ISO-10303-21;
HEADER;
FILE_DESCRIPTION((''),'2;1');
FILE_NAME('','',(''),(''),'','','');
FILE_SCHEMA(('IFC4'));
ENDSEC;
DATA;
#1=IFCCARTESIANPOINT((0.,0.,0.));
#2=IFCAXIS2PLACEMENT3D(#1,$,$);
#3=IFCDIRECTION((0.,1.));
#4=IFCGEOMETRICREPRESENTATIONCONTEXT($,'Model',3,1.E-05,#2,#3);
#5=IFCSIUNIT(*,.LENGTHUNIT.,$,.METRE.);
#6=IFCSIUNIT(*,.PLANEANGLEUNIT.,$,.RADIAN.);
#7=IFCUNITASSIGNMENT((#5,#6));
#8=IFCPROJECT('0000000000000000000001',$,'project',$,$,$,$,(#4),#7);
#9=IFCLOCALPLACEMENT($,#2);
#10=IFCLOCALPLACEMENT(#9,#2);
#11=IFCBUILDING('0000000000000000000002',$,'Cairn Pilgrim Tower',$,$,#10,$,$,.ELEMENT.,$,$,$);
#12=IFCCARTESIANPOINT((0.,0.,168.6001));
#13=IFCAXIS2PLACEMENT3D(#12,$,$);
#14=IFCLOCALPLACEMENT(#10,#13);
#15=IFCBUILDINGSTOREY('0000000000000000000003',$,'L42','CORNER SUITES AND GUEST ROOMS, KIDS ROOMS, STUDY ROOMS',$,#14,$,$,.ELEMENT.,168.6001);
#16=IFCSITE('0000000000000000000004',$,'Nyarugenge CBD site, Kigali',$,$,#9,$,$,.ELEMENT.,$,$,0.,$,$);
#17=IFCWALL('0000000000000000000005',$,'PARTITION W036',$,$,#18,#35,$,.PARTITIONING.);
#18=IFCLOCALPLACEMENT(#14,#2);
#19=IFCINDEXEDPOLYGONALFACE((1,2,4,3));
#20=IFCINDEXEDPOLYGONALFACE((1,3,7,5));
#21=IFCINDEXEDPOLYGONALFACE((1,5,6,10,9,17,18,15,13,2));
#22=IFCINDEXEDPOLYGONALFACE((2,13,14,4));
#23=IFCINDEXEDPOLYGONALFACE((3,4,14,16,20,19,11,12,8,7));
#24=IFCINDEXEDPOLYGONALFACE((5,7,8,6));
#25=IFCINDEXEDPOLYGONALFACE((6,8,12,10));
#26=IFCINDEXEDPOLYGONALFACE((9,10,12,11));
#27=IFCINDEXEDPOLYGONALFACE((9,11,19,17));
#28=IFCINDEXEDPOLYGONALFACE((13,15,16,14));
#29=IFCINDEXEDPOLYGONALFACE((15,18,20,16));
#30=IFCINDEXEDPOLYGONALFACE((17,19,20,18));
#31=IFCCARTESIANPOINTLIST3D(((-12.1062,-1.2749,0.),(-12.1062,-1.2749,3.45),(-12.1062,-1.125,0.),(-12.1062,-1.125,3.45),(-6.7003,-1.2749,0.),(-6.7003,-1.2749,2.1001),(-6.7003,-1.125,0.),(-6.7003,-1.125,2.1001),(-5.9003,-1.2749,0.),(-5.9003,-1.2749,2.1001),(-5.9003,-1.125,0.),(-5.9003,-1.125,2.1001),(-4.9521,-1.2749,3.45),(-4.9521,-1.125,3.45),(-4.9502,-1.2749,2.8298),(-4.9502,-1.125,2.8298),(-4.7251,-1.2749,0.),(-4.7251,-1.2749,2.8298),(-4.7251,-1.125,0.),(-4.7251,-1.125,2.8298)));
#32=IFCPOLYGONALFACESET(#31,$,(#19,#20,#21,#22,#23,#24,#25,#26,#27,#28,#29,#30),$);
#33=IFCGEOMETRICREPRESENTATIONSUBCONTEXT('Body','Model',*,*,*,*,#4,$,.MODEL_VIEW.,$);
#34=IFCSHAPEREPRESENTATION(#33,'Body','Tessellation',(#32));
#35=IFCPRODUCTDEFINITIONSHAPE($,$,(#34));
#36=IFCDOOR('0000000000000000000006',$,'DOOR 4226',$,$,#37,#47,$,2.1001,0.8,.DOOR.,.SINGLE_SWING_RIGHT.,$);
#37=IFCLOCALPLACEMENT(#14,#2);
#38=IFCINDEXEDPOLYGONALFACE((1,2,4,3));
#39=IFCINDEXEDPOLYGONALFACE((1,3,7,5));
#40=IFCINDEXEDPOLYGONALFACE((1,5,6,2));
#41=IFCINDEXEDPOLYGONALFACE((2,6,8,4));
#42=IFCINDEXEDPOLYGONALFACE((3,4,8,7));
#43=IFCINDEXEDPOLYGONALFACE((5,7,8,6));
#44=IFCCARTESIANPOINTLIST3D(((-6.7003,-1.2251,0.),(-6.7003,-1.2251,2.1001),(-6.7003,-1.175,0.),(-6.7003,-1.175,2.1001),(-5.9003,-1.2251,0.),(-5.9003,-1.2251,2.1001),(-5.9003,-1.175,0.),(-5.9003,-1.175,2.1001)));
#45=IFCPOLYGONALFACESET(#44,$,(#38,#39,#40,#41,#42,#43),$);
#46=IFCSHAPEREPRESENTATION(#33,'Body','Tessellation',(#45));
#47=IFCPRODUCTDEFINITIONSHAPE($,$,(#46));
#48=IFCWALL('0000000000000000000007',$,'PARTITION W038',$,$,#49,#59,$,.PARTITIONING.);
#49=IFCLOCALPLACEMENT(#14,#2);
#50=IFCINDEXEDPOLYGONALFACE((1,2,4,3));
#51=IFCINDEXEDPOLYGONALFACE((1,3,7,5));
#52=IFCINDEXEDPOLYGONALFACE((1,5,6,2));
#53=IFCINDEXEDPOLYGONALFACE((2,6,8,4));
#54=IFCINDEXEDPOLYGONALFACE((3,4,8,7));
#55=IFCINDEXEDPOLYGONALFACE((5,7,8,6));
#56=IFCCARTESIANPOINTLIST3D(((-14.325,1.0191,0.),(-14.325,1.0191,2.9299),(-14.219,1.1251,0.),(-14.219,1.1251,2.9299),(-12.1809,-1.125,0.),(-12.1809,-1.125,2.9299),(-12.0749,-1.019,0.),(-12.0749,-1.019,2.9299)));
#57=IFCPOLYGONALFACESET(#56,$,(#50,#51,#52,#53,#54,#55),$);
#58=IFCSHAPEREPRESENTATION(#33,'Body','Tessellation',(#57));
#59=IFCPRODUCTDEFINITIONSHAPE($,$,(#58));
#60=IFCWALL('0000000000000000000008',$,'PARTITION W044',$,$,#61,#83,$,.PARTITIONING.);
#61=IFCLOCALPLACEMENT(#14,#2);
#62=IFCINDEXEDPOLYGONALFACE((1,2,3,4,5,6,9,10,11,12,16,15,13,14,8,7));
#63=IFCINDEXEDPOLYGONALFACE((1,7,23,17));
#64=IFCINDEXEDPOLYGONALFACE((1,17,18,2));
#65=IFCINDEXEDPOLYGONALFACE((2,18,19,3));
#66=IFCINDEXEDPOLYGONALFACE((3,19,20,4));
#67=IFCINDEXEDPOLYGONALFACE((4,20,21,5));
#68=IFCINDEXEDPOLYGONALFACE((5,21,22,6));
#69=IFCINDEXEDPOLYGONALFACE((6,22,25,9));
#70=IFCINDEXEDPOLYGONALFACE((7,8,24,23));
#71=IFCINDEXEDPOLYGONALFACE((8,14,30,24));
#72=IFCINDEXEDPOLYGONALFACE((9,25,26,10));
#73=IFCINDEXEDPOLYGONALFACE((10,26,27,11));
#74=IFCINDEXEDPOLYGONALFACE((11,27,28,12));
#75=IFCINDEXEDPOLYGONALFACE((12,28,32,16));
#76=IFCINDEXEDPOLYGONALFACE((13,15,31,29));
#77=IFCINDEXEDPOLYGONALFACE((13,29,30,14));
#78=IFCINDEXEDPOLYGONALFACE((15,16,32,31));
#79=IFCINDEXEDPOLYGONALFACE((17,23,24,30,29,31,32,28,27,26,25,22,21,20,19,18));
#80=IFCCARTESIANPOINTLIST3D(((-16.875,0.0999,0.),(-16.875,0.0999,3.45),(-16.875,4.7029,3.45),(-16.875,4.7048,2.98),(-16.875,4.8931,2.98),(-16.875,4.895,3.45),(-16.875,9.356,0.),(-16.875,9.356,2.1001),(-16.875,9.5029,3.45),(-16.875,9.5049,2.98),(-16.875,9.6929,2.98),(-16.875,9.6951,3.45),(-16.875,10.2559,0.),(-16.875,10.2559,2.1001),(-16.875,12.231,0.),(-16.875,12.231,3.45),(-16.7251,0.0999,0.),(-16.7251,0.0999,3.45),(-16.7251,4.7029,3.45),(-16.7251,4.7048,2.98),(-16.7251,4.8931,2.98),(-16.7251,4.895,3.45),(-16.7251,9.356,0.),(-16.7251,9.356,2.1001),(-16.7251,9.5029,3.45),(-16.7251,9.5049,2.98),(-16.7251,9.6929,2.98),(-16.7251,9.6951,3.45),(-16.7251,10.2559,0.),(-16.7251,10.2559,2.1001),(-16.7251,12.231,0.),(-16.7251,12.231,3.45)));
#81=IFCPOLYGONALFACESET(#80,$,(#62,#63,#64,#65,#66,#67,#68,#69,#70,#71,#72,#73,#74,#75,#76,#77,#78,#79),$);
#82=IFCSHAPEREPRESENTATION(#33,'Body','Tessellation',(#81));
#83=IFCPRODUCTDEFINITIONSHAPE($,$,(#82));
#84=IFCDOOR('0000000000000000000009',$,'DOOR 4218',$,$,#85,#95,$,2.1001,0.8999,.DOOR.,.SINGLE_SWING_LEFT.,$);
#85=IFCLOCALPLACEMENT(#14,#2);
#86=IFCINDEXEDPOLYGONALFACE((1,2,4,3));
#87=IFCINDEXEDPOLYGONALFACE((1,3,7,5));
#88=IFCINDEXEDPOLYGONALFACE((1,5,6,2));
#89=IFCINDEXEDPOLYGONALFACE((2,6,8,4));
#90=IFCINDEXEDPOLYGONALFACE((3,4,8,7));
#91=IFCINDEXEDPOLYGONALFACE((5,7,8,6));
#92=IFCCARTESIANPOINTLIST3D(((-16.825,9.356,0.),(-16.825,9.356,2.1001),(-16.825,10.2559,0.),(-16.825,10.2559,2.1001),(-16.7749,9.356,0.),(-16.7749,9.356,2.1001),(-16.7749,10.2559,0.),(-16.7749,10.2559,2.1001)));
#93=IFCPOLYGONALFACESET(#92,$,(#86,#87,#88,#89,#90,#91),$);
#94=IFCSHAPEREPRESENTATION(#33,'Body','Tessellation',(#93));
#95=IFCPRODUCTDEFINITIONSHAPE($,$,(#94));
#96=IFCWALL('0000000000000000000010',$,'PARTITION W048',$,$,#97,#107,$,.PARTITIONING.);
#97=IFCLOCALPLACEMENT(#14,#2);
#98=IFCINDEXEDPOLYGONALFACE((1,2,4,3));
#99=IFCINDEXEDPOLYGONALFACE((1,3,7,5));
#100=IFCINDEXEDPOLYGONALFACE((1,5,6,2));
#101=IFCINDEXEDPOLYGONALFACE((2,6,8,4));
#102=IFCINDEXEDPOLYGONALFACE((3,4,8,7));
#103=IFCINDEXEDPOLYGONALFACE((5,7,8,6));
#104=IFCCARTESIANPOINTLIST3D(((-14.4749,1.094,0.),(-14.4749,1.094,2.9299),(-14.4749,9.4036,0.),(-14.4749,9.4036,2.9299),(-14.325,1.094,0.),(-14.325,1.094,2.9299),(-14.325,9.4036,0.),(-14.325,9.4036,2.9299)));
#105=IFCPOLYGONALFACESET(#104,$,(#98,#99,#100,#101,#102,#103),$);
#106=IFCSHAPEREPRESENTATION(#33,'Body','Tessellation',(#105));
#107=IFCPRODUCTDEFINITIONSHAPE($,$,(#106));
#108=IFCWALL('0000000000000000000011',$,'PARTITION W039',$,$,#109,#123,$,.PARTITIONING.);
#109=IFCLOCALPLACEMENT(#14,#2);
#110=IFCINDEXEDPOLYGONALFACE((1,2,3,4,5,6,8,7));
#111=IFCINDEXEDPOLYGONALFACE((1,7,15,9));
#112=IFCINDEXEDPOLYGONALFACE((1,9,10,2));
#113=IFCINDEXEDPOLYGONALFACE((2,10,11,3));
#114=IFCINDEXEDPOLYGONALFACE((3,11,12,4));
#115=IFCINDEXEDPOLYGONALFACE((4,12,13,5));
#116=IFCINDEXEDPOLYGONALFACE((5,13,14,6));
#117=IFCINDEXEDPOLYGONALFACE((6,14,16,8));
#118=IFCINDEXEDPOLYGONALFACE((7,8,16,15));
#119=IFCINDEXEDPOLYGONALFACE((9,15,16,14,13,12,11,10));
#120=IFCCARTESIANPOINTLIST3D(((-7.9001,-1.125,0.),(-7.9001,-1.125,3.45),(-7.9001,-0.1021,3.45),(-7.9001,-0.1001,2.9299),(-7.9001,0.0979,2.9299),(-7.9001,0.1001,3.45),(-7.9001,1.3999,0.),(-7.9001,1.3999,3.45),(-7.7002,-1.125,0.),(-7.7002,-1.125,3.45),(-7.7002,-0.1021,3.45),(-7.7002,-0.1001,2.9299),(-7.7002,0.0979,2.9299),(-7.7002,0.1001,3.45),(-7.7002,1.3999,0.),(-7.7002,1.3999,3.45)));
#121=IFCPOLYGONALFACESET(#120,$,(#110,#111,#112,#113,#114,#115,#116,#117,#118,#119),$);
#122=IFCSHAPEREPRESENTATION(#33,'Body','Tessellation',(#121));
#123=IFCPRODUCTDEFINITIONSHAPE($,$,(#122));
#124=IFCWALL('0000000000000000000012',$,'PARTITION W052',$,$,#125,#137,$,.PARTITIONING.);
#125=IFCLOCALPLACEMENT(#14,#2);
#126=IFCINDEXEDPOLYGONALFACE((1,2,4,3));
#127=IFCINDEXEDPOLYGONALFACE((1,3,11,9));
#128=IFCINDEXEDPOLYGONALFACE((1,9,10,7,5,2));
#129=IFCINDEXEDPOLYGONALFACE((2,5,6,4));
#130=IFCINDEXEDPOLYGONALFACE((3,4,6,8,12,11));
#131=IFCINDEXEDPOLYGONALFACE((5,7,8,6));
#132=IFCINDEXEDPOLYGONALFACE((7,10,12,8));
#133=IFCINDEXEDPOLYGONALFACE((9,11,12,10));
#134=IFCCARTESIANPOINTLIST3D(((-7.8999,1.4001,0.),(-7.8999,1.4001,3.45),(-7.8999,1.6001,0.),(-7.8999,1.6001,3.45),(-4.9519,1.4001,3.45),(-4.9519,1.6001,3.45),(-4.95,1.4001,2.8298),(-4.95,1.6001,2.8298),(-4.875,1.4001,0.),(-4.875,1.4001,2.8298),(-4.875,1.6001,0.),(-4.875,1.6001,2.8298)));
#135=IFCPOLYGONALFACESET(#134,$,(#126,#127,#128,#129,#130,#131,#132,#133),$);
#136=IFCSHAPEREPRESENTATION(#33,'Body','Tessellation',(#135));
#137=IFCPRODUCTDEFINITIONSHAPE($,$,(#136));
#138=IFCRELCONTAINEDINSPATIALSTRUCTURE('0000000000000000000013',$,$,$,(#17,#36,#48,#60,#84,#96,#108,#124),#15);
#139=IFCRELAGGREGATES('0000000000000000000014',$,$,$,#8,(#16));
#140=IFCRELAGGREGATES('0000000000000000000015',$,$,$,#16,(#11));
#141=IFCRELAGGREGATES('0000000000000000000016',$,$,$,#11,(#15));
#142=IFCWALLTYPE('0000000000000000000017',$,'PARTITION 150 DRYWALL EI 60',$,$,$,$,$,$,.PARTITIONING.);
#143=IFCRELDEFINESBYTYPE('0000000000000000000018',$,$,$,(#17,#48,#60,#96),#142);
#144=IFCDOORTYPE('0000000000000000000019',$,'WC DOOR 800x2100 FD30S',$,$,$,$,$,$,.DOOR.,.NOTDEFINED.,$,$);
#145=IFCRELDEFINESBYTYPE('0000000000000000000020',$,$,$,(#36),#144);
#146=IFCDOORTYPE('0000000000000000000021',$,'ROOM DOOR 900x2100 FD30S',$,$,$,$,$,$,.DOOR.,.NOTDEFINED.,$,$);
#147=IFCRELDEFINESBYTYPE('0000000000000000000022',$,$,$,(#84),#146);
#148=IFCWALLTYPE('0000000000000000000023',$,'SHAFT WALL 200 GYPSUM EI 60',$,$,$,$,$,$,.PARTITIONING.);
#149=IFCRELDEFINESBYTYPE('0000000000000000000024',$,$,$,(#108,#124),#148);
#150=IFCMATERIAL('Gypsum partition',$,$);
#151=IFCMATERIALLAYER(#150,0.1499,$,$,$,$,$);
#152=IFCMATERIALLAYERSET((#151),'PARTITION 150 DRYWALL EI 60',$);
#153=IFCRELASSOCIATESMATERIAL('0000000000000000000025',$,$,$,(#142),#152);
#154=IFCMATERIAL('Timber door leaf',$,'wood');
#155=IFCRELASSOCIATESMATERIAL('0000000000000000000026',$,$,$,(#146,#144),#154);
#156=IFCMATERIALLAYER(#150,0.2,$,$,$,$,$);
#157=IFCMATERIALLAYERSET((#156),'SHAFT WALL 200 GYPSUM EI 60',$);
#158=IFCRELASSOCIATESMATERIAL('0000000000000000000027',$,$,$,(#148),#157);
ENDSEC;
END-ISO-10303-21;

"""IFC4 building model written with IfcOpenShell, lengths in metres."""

from ifc_helpers import new_model, si_unit, direction, frame, frame_2d, origin, place, context, subcontext, project, spatial, polyline, rectangle, outline, extrude, material, layer, layer_set, type_object, element, fill, save


model = new_model("IFC4")

# Units and contexts
model_context = context("Model", 3, precision=1e-05, world=origin(), true_north=direction((0.0, 1.0)))
body_context = subcontext(model_context, "Body", "Model", "MODEL_VIEW")
ifc_project = project(units=[si_unit("LENGTHUNIT", "METRE"), si_unit("PLANEANGLEUNIT", "RADIAN")], contexts=[model_context])

# Site, building, storey
site_placement = place(None, origin())
site = spatial("IfcSite", under=ifc_project, at=site_placement, Name="Nyarugenge CBD site, Kigali", CompositionType="ELEMENT", RefElevation=0.0)
building_placement = place(site_placement, origin())
building = spatial("IfcBuilding", under=site, at=building_placement, Name="Cairn Pilgrim Tower", CompositionType="ELEMENT")
storey_placement = place(building_placement, frame((0.0, 0.0, 168.6001)))
storey = spatial("IfcBuildingStorey", under=building, at=storey_placement, Name="L42", Description="CORNER SUITES AND GUEST ROOMS, KIDS ROOMS, STUDY ROOMS", CompositionType="ELEMENT", Elevation=168.6001)

# Shared definitions
ifc_material_1 = material(Name="Gypsum partition")
ifc_layer_1 = layer(ifc_material_1, 0.1499)
ifc_layer_set_1 = layer_set([ifc_layer_1], Name="PARTITION 150 DRYWALL EI 60")
wall_type_1 = type_object("IfcWallType", Name="PARTITION 150 DRYWALL EI 60", PredefinedType="PARTITIONING", material=ifc_layer_set_1)

# Shared definitions
ifc_material_2 = material(Name="Timber door leaf", Category="wood")
door_type_1 = type_object("IfcDoorType", Name="ROOM DOOR 900x2100 FD30S", OperationType="NOTDEFINED", PredefinedType="DOOR", material=ifc_material_2)

# Wall, opening, door
wall_1_placement = place(storey_placement, frame((-12.1062, -1.2, 0.0), z_axis=(0.0, 0.0, 1.0), x_axis=(1.0, 0.0, 0.0)))
wall_1 = element("IfcWall", 1, at=wall_1_placement, inside=storey, type_object=wall_type_1, Name="PARTITION W036", PredefinedType="PARTITIONING", context=body_context, shape_type="SweptSolid", body=[
    extrude(outline(polyline([(0.0, 0.0), (7.3811, 0.0), (7.3811, 2.8298), (7.156, 2.8298), (7.1541, 3.45), (0.0, 3.45), (0.0, 0.0)])), frame((0.0, 0.075, 0.0), z_axis=(0.0, -1.0, 0.0), x_axis=(1.0, 0.0, 0.0)), (0.0, 0.0, 1.0), 0.1499),
])
opening_1_placement = place(wall_1_placement, frame((5.406, 0.0, 0.0)))
opening_1 = element("IfcOpeningElement", 2, at=opening_1_placement, cuts=wall_1, PredefinedType="OPENING", context=body_context, shape_type="SweptSolid", body=[
    extrude(rectangle(XDim=0.8, YDim=2.1001, at=frame_2d((0.3999, 1.05))), frame((0.0, 0.085, 0.0), z_axis=(0.0, -1.0, 0.0), x_axis=(1.0, 0.0, 0.0)), (0.0, 0.0, 1.0), 0.1699),
])
door_type_2 = type_object("IfcDoorType", Name="WC DOOR 800x2100 FD30S", OperationType="NOTDEFINED", PredefinedType="DOOR", material=ifc_material_2)
door_1_placement = place(opening_1_placement, origin())
door_1 = element("IfcDoor", 3, at=door_1_placement, inside=storey, type_object=door_type_2, Name="DOOR 4226", OperationType="SINGLE_SWING_RIGHT", OverallHeight=2.1001, OverallWidth=0.8, PredefinedType="DOOR", context=body_context, shape_type="SweptSolid", body=[
    extrude(rectangle(XDim=0.8, YDim=2.1001, at=frame_2d((0.3999, 1.05))), frame((0.0, 0.0249, 0.0), z_axis=(0.0, -1.0, 0.0), x_axis=(1.0, 0.0, 0.0)), (0.0, 0.0, 1.0), 0.05),
])
fill(opening_1, door_1)

# Wall
wall_2_placement = place(storey_placement, frame((-12.1279, -1.072, 0.0), z_axis=(0.0, 0.0, 1.0), x_axis=(-0.707107, 0.707107, 0.0)))
element("IfcWall", 4, at=wall_2_placement, inside=storey, type_object=wall_type_1, Name="PARTITION W038", PredefinedType="PARTITIONING", context=body_context, shape_type="SweptSolid", body=[
    extrude(rectangle(XDim=3.0322, YDim=0.1499, at=frame_2d((1.5161, 0.0))), origin(), (0.0, 0.0, 1.0), 2.9299),
])

# Wall, opening, door
wall_3_placement = place(storey_placement, frame((-16.8, 0.0999, 0.0), z_axis=(0.0, 0.0, 1.0), x_axis=(0.0, 1.0, 0.0)))
wall_3 = element("IfcWall", 5, at=wall_3_placement, inside=storey, type_object=wall_type_1, Name="PARTITION W044", PredefinedType="PARTITIONING", context=body_context, shape_type="SweptSolid", body=[
    extrude(outline(polyline([(0.0, 0.0), (12.1311, 0.0), (12.1311, 3.45), (9.5952, 3.45), (9.593, 2.98), (9.405, 2.98), (9.4031, 3.45), (4.7952, 3.45), (4.7932, 2.98), (4.605, 2.98), (4.603, 3.45), (0.0, 3.45), (0.0, 0.0)])), frame((0.0, 0.075, 0.0), z_axis=(0.0, -1.0, 0.0), x_axis=(1.0, 0.0, 0.0)), (0.0, 0.0, 1.0), 0.1499),
])
opening_2_placement = place(wall_3_placement, frame((9.2561, 0.0, 0.0)))
opening_2 = element("IfcOpeningElement", 6, at=opening_2_placement, cuts=wall_3, PredefinedType="OPENING", context=body_context, shape_type="SweptSolid", body=[
    extrude(rectangle(XDim=0.8999, YDim=2.1001, at=frame_2d((0.45, 1.05))), frame((0.0, 0.085, 0.0), z_axis=(0.0, -1.0, 0.0), x_axis=(1.0, 0.0, 0.0)), (0.0, 0.0, 1.0), 0.1699),
])
door_2_placement = place(opening_2_placement, origin())
door_2 = element("IfcDoor", 7, at=door_2_placement, inside=storey, type_object=door_type_1, Name="DOOR 4218", OperationType="SINGLE_SWING_LEFT", OverallHeight=2.1001, OverallWidth=0.8999, PredefinedType="DOOR", context=body_context, shape_type="SweptSolid", body=[
    extrude(rectangle(XDim=0.8999, YDim=2.1001, at=frame_2d((0.45, 1.05))), frame((0.0, 0.0249, 0.0), z_axis=(0.0, -1.0, 0.0), x_axis=(1.0, 0.0, 0.0)), (0.0, 0.0, 1.0), 0.05),
])
fill(opening_2, door_2)

# Walls
wall_4_placement = place(storey_placement, frame((-14.3999, 1.094, 0.0), z_axis=(0.0, 0.0, 1.0), x_axis=(0.0, 1.0, 0.0)))
element("IfcWall", 8, at=wall_4_placement, inside=storey, type_object=wall_type_1, Name="PARTITION W048", PredefinedType="PARTITIONING", context=body_context, shape_type="SweptSolid", body=[
    extrude(rectangle(XDim=8.3096, YDim=0.1499, at=frame_2d((4.1548, 0.0))), origin(), (0.0, 0.0, 1.0), 2.9299),
])
ifc_layer_2 = layer(ifc_material_1, 0.2)
ifc_layer_set_2 = layer_set([ifc_layer_2], Name="SHAFT WALL 200 GYPSUM EI 60")
wall_type_2 = type_object("IfcWallType", Name="SHAFT WALL 200 GYPSUM EI 60", PredefinedType="PARTITIONING", material=ifc_layer_set_2)
wall_5_placement = place(storey_placement, frame((-7.8, -1.125, 0.0), z_axis=(0.0, 0.0, 1.0), x_axis=(0.0, 1.0, 0.0)))
element("IfcWall", 9, at=wall_5_placement, inside=storey, type_object=wall_type_2, Name="PARTITION W039", PredefinedType="PARTITIONING", context=body_context, shape_type="SweptSolid", body=[
    extrude(outline(polyline([(0.0, 0.0), (2.5249, 0.0), (2.5249, 3.45), (1.2251, 3.45), (1.2229, 2.9299), (1.0249, 2.9299), (1.0229, 3.45), (0.0, 3.45), (0.0, 0.0)])), frame((0.0, 0.1001, 0.0), z_axis=(0.0, -1.0, 0.0), x_axis=(1.0, 0.0, 0.0)), (0.0, 0.0, 1.0), 0.2),
])
wall_6_placement = place(storey_placement, frame((-7.8999, 1.5, 0.0), z_axis=(0.0, 0.0, 1.0), x_axis=(1.0, 0.0, 0.0)))
element("IfcWall", 10, at=wall_6_placement, inside=storey, type_object=wall_type_2, Name="PARTITION W052", PredefinedType="PARTITIONING", context=body_context, shape_type="SweptSolid", body=[
    extrude(outline(polyline([(0.0, 0.0), (3.0249, 0.0), (3.0249, 2.8298), (2.95, 2.8298), (2.948, 3.45), (0.0, 3.45), (0.0, 0.0)])), frame((0.0, 0.1001, 0.0), z_axis=(0.0, -1.0, 0.0), x_axis=(1.0, 0.0, 0.0)), (0.0, 0.0, 1.0), 0.2),
])

save(model, "model.ifc")
